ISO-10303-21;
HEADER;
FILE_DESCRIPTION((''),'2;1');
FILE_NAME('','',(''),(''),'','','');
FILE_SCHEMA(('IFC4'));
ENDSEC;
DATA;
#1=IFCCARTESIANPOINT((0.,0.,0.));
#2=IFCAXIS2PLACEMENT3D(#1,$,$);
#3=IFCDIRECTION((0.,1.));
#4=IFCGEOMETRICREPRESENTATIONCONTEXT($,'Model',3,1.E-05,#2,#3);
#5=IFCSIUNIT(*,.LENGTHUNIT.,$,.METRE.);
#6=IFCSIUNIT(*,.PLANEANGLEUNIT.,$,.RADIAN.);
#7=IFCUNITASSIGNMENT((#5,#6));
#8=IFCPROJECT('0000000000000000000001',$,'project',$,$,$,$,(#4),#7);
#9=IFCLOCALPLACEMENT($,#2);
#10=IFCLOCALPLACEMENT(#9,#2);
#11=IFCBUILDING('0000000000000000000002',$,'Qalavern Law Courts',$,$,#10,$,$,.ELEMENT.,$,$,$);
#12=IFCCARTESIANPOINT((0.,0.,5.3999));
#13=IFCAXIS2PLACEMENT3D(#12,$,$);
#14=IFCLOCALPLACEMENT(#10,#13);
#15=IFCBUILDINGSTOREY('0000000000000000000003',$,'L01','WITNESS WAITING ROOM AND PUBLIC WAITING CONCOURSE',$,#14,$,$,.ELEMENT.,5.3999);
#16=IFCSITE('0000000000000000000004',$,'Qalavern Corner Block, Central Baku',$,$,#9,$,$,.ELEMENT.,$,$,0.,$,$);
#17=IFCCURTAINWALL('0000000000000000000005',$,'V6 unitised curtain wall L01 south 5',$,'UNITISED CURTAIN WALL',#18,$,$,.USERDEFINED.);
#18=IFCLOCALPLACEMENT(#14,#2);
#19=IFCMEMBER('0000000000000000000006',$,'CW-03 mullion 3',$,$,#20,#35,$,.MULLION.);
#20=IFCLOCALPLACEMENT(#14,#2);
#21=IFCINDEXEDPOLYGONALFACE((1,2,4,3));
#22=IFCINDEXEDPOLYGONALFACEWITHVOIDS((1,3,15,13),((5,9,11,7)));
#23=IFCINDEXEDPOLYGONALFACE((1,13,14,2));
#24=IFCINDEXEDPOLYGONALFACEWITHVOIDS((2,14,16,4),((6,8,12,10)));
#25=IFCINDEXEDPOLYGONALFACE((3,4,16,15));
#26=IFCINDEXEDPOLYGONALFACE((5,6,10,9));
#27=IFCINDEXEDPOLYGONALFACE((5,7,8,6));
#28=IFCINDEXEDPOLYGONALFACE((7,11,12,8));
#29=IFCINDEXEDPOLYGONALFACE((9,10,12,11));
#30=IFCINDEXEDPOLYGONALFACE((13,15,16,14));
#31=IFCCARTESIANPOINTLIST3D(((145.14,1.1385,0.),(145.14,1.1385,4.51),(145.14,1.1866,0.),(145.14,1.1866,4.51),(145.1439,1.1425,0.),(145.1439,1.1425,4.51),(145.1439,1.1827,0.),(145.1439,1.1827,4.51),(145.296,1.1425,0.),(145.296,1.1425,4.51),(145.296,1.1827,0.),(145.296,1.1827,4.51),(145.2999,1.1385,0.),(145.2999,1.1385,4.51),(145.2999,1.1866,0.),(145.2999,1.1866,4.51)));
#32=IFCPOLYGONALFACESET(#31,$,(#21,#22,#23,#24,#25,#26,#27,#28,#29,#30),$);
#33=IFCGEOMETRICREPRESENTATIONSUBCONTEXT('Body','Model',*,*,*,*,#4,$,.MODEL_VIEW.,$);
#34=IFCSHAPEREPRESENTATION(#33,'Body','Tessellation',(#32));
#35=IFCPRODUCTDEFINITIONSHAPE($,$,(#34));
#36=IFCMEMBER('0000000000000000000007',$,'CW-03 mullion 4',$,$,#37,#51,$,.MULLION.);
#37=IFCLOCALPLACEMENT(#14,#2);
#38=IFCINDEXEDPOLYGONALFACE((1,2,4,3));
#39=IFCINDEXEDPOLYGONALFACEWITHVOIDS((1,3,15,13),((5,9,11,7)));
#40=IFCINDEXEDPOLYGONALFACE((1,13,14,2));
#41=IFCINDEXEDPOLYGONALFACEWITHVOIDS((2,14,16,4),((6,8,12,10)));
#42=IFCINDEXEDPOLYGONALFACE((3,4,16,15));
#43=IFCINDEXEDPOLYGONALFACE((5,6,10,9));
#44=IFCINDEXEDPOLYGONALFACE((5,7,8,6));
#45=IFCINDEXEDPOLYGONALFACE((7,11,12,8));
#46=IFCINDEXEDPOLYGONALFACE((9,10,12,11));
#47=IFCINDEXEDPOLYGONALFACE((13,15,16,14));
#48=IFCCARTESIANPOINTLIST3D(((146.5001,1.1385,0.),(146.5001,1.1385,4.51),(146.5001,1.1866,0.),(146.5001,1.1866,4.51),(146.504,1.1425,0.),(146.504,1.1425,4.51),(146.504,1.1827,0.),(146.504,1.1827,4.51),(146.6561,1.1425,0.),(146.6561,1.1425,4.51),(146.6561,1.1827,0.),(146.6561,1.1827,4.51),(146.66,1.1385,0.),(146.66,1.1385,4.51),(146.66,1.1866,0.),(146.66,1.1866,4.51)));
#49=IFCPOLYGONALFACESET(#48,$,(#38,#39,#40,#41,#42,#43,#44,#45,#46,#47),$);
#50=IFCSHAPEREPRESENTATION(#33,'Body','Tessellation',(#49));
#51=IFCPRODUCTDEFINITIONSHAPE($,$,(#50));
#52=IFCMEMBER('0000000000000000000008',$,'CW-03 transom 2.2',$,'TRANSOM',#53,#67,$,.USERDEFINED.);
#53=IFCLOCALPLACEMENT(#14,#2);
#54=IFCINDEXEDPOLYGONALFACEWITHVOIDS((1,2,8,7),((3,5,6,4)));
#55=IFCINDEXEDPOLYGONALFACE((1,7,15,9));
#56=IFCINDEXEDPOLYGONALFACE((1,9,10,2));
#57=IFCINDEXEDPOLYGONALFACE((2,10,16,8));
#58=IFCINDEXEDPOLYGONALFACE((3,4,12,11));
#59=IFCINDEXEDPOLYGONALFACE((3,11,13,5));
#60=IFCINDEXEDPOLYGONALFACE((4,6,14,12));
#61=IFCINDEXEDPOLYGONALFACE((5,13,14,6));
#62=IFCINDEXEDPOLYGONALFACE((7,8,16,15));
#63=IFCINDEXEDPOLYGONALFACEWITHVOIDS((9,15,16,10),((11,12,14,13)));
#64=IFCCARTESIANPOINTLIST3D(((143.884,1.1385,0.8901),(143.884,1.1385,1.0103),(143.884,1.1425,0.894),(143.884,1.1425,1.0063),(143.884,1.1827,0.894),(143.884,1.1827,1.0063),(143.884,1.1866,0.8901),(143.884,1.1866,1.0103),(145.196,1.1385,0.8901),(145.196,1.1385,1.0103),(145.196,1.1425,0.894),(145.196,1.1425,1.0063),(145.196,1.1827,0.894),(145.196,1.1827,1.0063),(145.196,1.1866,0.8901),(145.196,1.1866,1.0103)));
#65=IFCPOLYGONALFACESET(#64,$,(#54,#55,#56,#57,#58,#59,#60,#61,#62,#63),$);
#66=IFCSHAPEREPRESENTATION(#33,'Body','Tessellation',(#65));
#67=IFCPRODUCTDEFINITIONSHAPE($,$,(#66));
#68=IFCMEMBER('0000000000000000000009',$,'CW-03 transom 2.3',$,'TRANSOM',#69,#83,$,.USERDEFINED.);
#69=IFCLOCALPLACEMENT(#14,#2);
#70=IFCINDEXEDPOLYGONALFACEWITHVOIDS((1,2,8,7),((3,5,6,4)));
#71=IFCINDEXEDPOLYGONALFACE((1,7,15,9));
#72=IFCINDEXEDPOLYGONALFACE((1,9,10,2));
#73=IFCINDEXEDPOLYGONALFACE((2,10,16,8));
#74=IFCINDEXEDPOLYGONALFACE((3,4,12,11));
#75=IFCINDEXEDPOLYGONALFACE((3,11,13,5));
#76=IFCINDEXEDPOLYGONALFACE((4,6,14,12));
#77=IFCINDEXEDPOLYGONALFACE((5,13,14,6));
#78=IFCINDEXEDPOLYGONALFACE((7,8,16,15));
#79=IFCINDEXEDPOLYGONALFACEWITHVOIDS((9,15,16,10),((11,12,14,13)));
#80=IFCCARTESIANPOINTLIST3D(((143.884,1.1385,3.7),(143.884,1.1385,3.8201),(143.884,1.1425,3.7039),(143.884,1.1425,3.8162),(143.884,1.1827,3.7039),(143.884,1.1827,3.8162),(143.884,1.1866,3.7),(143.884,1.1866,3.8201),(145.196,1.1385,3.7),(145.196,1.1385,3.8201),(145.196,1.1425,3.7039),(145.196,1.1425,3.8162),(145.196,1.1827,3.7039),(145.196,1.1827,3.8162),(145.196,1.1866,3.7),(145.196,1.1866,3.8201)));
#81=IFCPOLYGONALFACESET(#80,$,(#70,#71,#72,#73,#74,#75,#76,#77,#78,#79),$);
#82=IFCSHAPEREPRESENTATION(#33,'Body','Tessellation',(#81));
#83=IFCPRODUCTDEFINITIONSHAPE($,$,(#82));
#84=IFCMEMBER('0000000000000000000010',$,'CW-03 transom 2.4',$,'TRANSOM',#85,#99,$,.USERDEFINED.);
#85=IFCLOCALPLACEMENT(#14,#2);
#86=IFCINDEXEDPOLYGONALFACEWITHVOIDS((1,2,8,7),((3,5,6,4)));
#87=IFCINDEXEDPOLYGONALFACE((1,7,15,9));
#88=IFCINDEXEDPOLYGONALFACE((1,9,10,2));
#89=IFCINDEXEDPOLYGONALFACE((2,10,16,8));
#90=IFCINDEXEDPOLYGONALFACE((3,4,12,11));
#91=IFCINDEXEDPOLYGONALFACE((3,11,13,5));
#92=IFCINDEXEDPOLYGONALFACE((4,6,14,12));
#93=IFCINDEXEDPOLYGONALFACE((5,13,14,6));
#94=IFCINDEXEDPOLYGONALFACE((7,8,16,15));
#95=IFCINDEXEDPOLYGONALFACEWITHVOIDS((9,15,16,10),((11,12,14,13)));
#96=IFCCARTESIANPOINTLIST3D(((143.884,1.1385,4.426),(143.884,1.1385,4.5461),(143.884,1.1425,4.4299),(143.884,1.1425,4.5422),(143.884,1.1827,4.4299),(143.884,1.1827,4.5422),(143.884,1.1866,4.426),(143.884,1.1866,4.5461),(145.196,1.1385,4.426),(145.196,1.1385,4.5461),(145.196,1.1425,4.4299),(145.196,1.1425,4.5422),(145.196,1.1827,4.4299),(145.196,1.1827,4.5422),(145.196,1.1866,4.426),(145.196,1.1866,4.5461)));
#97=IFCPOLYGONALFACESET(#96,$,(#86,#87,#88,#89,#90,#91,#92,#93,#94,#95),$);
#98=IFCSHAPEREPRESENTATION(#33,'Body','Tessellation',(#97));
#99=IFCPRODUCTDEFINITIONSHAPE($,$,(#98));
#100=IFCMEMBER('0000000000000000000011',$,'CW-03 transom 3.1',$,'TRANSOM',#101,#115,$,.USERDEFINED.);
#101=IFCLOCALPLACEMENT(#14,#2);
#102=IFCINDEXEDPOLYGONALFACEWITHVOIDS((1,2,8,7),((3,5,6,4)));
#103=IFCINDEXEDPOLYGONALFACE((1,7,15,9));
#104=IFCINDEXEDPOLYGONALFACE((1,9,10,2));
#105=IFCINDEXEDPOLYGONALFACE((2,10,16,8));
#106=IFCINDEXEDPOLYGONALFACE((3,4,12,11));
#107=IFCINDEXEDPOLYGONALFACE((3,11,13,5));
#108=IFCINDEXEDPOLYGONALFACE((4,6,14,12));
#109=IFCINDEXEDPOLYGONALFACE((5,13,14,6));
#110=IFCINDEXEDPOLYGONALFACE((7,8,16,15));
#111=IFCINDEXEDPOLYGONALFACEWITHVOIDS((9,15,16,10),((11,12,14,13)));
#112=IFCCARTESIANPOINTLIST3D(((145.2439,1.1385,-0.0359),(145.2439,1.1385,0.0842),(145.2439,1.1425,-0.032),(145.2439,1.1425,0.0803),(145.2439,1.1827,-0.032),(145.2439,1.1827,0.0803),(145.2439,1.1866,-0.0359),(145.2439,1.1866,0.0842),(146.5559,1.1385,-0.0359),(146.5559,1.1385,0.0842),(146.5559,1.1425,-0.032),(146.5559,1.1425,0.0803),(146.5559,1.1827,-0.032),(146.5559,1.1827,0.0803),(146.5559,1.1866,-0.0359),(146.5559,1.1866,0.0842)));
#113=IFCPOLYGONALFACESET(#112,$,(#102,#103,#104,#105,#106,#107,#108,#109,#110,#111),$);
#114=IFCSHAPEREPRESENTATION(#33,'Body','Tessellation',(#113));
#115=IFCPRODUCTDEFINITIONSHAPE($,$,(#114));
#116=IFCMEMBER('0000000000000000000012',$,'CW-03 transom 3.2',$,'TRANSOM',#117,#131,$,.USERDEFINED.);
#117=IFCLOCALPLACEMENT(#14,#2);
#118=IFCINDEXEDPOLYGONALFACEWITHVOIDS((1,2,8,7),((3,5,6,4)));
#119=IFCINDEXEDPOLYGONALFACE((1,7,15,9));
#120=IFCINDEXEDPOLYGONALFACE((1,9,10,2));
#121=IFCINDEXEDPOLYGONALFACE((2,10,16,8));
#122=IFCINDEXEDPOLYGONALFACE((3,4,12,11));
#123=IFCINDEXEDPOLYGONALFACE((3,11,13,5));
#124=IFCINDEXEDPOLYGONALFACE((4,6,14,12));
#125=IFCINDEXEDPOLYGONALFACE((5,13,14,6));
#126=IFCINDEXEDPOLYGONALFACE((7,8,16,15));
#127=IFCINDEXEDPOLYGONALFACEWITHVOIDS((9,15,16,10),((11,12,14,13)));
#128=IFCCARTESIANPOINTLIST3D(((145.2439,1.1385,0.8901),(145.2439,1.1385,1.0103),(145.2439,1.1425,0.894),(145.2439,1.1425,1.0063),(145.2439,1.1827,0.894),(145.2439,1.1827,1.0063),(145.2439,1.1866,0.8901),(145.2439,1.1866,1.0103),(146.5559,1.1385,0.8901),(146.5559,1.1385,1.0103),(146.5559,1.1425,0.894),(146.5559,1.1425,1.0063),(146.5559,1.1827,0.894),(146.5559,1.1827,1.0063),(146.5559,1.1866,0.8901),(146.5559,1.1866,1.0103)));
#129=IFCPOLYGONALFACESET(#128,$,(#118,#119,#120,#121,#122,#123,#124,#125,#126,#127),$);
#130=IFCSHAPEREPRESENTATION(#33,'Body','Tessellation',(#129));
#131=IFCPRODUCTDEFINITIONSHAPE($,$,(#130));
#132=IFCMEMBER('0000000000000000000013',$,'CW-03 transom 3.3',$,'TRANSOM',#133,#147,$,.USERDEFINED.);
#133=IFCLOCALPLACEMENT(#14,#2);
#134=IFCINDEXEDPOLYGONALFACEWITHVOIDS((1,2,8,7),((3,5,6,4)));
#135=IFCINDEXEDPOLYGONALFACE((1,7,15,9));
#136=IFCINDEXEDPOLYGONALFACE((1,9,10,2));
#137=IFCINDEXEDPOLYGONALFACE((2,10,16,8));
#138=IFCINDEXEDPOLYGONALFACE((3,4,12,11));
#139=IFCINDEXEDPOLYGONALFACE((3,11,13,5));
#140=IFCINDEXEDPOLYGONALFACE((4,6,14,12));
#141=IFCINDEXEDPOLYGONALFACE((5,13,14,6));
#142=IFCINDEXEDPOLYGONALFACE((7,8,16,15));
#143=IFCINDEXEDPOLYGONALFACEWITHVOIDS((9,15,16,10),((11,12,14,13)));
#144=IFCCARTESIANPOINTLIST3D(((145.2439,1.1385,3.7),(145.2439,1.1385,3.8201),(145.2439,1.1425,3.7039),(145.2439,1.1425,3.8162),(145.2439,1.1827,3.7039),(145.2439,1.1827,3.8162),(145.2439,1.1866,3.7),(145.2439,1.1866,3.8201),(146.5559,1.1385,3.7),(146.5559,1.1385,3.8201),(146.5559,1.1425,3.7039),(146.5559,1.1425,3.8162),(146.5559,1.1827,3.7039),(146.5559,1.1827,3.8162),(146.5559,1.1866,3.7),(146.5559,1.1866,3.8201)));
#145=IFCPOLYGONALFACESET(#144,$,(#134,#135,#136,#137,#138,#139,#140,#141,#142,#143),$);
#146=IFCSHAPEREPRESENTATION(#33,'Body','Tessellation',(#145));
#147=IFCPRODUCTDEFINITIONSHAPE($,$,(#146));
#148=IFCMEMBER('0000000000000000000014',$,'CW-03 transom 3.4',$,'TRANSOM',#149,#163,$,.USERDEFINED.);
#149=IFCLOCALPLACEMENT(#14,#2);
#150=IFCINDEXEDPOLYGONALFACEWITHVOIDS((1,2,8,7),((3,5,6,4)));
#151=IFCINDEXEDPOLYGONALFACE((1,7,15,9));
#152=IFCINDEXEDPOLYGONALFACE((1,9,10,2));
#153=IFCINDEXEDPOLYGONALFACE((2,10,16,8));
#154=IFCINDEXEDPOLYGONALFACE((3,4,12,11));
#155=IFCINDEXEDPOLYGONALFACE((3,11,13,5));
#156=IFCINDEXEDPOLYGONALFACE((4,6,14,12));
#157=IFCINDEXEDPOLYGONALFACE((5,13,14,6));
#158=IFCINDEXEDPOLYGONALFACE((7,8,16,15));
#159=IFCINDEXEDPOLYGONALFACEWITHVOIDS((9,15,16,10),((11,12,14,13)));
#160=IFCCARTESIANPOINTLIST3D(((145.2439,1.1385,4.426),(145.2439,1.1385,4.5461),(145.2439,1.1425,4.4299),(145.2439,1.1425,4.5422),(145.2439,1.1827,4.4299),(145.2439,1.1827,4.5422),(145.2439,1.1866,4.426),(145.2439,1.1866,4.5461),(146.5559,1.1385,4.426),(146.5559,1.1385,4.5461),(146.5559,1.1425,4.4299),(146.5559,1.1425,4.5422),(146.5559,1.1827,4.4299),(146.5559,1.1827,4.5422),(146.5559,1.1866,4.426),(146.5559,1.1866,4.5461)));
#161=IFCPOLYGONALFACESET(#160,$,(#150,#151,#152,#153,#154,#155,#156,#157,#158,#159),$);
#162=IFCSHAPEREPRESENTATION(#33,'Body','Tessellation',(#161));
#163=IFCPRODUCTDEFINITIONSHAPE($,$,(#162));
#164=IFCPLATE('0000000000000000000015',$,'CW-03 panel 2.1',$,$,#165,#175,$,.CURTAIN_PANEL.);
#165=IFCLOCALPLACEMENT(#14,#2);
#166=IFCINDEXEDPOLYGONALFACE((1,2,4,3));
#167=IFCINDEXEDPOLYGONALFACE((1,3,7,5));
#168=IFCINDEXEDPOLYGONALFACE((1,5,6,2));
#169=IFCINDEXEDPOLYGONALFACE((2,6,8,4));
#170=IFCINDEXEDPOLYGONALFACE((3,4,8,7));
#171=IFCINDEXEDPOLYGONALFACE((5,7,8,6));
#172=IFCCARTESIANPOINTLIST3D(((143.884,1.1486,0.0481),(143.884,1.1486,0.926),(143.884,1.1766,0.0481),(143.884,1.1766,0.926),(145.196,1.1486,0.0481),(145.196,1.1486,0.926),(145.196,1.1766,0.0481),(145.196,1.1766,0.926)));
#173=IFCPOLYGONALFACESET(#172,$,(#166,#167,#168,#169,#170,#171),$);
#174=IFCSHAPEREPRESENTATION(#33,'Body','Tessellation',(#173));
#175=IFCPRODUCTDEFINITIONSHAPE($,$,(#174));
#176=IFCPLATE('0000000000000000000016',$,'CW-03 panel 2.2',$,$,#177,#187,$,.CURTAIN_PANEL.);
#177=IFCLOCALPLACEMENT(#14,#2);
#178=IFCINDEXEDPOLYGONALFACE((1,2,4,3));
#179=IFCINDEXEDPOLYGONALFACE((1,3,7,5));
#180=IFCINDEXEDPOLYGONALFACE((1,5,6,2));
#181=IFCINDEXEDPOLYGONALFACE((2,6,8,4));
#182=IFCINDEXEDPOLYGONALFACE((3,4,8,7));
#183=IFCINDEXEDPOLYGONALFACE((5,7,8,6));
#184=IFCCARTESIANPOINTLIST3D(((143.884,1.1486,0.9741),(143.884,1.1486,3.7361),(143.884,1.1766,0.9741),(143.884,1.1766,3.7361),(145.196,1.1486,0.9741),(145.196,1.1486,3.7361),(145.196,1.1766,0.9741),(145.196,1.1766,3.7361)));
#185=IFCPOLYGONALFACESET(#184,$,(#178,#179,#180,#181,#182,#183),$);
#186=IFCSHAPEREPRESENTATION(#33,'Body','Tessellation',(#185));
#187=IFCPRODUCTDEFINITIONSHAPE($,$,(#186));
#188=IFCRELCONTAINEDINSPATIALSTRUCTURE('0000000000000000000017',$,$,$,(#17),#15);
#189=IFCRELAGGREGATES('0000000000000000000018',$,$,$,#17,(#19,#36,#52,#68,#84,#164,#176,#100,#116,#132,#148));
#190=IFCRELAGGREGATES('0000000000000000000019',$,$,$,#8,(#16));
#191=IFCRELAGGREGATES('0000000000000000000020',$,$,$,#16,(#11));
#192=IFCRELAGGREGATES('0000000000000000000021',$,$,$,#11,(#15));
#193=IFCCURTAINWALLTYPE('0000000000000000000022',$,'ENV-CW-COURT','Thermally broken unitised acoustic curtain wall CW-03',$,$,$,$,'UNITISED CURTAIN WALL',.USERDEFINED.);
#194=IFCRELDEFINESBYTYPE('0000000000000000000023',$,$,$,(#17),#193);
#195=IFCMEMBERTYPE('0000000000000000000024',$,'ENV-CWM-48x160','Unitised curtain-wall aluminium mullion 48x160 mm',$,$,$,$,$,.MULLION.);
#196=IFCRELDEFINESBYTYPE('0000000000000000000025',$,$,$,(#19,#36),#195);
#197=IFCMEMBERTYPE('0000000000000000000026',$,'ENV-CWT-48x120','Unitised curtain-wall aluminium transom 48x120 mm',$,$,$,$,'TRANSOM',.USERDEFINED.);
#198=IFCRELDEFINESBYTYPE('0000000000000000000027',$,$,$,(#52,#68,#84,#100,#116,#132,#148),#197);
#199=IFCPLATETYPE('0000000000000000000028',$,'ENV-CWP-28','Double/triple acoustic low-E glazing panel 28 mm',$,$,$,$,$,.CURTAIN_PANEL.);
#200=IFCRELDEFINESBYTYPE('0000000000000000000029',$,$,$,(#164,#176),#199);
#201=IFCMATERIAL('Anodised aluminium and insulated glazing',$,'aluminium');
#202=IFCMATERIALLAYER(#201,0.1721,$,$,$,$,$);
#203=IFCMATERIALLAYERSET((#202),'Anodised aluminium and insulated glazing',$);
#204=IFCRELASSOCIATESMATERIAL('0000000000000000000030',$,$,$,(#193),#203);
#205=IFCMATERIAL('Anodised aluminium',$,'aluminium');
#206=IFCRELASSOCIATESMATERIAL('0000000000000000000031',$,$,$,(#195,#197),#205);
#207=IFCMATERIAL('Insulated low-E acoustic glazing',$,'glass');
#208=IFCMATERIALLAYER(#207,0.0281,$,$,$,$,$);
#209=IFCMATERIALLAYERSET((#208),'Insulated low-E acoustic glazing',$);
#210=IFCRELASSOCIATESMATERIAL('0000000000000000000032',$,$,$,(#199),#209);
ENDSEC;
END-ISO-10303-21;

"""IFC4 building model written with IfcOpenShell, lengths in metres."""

from ifc_helpers import new_model, si_unit, direction, frame, origin, origin_2d, place, context, subcontext, project, spatial, rectangle, hollow_rectangle, extrude, material, layer, layer_set, material_profile, profile_set, type_object, element, aggregate, save


model = new_model("IFC4")

# Units and contexts
model_context = context("Model", 3, precision=1e-05, world=origin(), true_north=direction((0.0, 1.0)))
body_context = subcontext(model_context, "Body", "Model", "MODEL_VIEW")
ifc_project = project(units=[si_unit("LENGTHUNIT", "METRE"), si_unit("PLANEANGLEUNIT", "RADIAN")], contexts=[model_context])

# Site, building, storey
site_placement = place(None, origin())
site = spatial("IfcSite", under=ifc_project, at=site_placement, Name="Qalavern Corner Block, Central Baku", CompositionType="ELEMENT", RefElevation=0.0)
building_placement = place(site_placement, origin())
building = spatial("IfcBuilding", under=site, at=building_placement, Name="Qalavern Law Courts", CompositionType="ELEMENT")
storey_placement = place(building_placement, frame((0.0, 0.0, 5.3999)))
storey = spatial("IfcBuildingStorey", under=building, at=storey_placement, Name="L01", Description="WITNESS WAITING ROOM AND PUBLIC WAITING CONCOURSE", CompositionType="ELEMENT", Elevation=5.3999)

# Curtain wall, members, plates
ifc_material_1 = material(Name="Anodised aluminium and insulated glazing", Category="aluminium")
ifc_layer_1 = layer(ifc_material_1, 0.1721)
ifc_layer_set_1 = layer_set([ifc_layer_1], Name="Anodised aluminium and insulated glazing")
curtain_wall_type = type_object("IfcCurtainWallType", Name="ENV-CW-COURT", Description="Thermally broken unitised acoustic curtain wall CW-03", ElementType="UNITISED CURTAIN WALL", PredefinedType="USERDEFINED", material=ifc_layer_set_1)
curtain_wall_placement = place(storey_placement, origin())
curtain_wall = element("IfcCurtainWall", 1, at=curtain_wall_placement, inside=storey, type_object=curtain_wall_type, Name="V6 unitised curtain wall L01 south 5", ObjectType="UNITISED CURTAIN WALL", PredefinedType="USERDEFINED")
ifc_material_2 = material(Name="Anodised aluminium", Category="aluminium")
ifc_material_profile_1 = material_profile(ifc_material_2, hollow_rectangle(XDim=0.0481, YDim=0.1599, WallThickness=0.0039, at=origin_2d()), Name="ALU MULLION 48x160")
ifc_profile_set_1 = profile_set([ifc_material_profile_1], Name="Anodised aluminium")
member_type_1 = type_object("IfcMemberType", Name="ENV-CWM-48x160", Description="Unitised curtain-wall aluminium mullion 48x160 mm", PredefinedType="MULLION", material=ifc_profile_set_1)
member_1_placement = place(storey_placement, frame((145.22, 1.1626, 0.0), z_axis=(0.0, 0.0, 1.0), x_axis=(0.0, 1.0, 0.0)))
member_1 = element("IfcMember", 2, at=member_1_placement, type_object=member_type_1, Name="CW-03 mullion 3", PredefinedType="MULLION", context=body_context, shape_type="SweptSolid", body=[
    extrude(hollow_rectangle(XDim=0.0481, YDim=0.1599, WallThickness=0.0039, at=origin_2d()), origin(), (0.0, 0.0, 1.0), 4.51),
])
member_2_placement = place(storey_placement, frame((146.5801, 1.1626, 0.0), z_axis=(0.0, 0.0, 1.0), x_axis=(0.0, 1.0, 0.0)))
member_2 = element("IfcMember", 3, at=member_2_placement, type_object=member_type_1, Name="CW-03 mullion 4", PredefinedType="MULLION", context=body_context, shape_type="SweptSolid", body=[
    extrude(hollow_rectangle(XDim=0.0481, YDim=0.1599, WallThickness=0.0039, at=origin_2d()), origin(), (0.0, 0.0, 1.0), 4.51),
])
ifc_material_profile_2 = material_profile(ifc_material_2, hollow_rectangle(XDim=0.0481, YDim=0.1201, WallThickness=0.0039, at=origin_2d()), Name="ALU TRANSOM 48x120")
ifc_profile_set_2 = profile_set([ifc_material_profile_2], Name="Anodised aluminium")
member_type_2 = type_object("IfcMemberType", Name="ENV-CWT-48x120", Description="Unitised curtain-wall aluminium transom 48x120 mm", ElementType="TRANSOM", PredefinedType="USERDEFINED", material=ifc_profile_set_2)
member_3_placement = place(storey_placement, frame((143.884, 1.1626, 0.9502), z_axis=(1.0, 0.0, 0.0), x_axis=(0.0, 1.0, 0.0)))
member_3 = element("IfcMember", 4, at=member_3_placement, type_object=member_type_2, Name="CW-03 transom 2.2", ObjectType="TRANSOM", PredefinedType="USERDEFINED", context=body_context, shape_type="SweptSolid", body=[
    extrude(hollow_rectangle(XDim=0.0481, YDim=0.1201, WallThickness=0.0039, at=origin_2d()), origin(), (0.0, 0.0, 1.0), 1.312),
])
member_4_placement = place(storey_placement, frame((143.884, 1.1626, 3.76), z_axis=(1.0, 0.0, 0.0), x_axis=(0.0, 1.0, 0.0)))
member_4 = element("IfcMember", 5, at=member_4_placement, type_object=member_type_2, Name="CW-03 transom 2.3", ObjectType="TRANSOM", PredefinedType="USERDEFINED", context=body_context, shape_type="SweptSolid", body=[
    extrude(hollow_rectangle(XDim=0.0481, YDim=0.1201, WallThickness=0.0039, at=origin_2d()), origin(), (0.0, 0.0, 1.0), 1.312),
])
member_5_placement = place(storey_placement, frame((143.884, 1.1626, 4.4861), z_axis=(1.0, 0.0, 0.0), x_axis=(0.0, 1.0, 0.0)))
member_5 = element("IfcMember", 6, at=member_5_placement, type_object=member_type_2, Name="CW-03 transom 2.4", ObjectType="TRANSOM", PredefinedType="USERDEFINED", context=body_context, shape_type="SweptSolid", body=[
    extrude(hollow_rectangle(XDim=0.0481, YDim=0.1201, WallThickness=0.0039, at=origin_2d()), origin(), (0.0, 0.0, 1.0), 1.312),
])
member_6_placement = place(storey_placement, frame((145.2439, 1.1626, 0.0242), z_axis=(1.0, 0.0, 0.0), x_axis=(0.0, 1.0, 0.0)))
member_6 = element("IfcMember", 7, at=member_6_placement, type_object=member_type_2, Name="CW-03 transom 3.1", ObjectType="TRANSOM", PredefinedType="USERDEFINED", context=body_context, shape_type="SweptSolid", body=[
    extrude(hollow_rectangle(XDim=0.0481, YDim=0.1201, WallThickness=0.0039, at=origin_2d()), origin(), (0.0, 0.0, 1.0), 1.312),
])
member_7_placement = place(storey_placement, frame((145.2439, 1.1626, 0.9502), z_axis=(1.0, 0.0, 0.0), x_axis=(0.0, 1.0, 0.0)))
member_7 = element("IfcMember", 8, at=member_7_placement, type_object=member_type_2, Name="CW-03 transom 3.2", ObjectType="TRANSOM", PredefinedType="USERDEFINED", context=body_context, shape_type="SweptSolid", body=[
    extrude(hollow_rectangle(XDim=0.0481, YDim=0.1201, WallThickness=0.0039, at=origin_2d()), origin(), (0.0, 0.0, 1.0), 1.312),
])
member_8_placement = place(storey_placement, frame((145.2439, 1.1626, 3.76), z_axis=(1.0, 0.0, 0.0), x_axis=(0.0, 1.0, 0.0)))
member_8 = element("IfcMember", 9, at=member_8_placement, type_object=member_type_2, Name="CW-03 transom 3.3", ObjectType="TRANSOM", PredefinedType="USERDEFINED", context=body_context, shape_type="SweptSolid", body=[
    extrude(hollow_rectangle(XDim=0.0481, YDim=0.1201, WallThickness=0.0039, at=origin_2d()), origin(), (0.0, 0.0, 1.0), 1.312),
])
member_9_placement = place(storey_placement, frame((145.2439, 1.1626, 4.4861), z_axis=(1.0, 0.0, 0.0), x_axis=(0.0, 1.0, 0.0)))
member_9 = element("IfcMember", 10, at=member_9_placement, type_object=member_type_2, Name="CW-03 transom 3.4", ObjectType="TRANSOM", PredefinedType="USERDEFINED", context=body_context, shape_type="SweptSolid", body=[
    extrude(hollow_rectangle(XDim=0.0481, YDim=0.1201, WallThickness=0.0039, at=origin_2d()), origin(), (0.0, 0.0, 1.0), 1.312),
])
ifc_material_3 = material(Name="Insulated low-E acoustic glazing", Category="glass")
ifc_layer_2 = layer(ifc_material_3, 0.0281)
ifc_layer_set_2 = layer_set([ifc_layer_2], Name="Insulated low-E acoustic glazing")
plate_type = type_object("IfcPlateType", Name="ENV-CWP-28", Description="Double/triple acoustic low-E glazing panel 28 mm", PredefinedType="CURTAIN_PANEL", material=ifc_layer_set_2)
plate_1_placement = place(storey_placement, frame((144.54, 1.1626, 0.0481), z_axis=(0.0, 0.0, 1.0), x_axis=(1.0, 0.0, 0.0)))
plate_1 = element("IfcPlate", 11, at=plate_1_placement, type_object=plate_type, Name="CW-03 panel 2.1", PredefinedType="CURTAIN_PANEL", context=body_context, shape_type="SweptSolid", body=[
    extrude(rectangle(XDim=1.312, YDim=0.0281, at=origin_2d()), origin(), (0.0, 0.0, 1.0), 0.8779),
])
plate_2_placement = place(storey_placement, frame((144.54, 1.1626, 0.9741), z_axis=(0.0, 0.0, 1.0), x_axis=(1.0, 0.0, 0.0)))
plate_2 = element("IfcPlate", 12, at=plate_2_placement, type_object=plate_type, Name="CW-03 panel 2.2", PredefinedType="CURTAIN_PANEL", context=body_context, shape_type="SweptSolid", body=[
    extrude(rectangle(XDim=1.312, YDim=0.0281, at=origin_2d()), origin(), (0.0, 0.0, 1.0), 2.762),
])
aggregate(curtain_wall, [member_1, member_2, member_3, member_4, member_5, plate_1, plate_2, member_6, member_7, member_8, member_9])

save(model, "model.ifc")
